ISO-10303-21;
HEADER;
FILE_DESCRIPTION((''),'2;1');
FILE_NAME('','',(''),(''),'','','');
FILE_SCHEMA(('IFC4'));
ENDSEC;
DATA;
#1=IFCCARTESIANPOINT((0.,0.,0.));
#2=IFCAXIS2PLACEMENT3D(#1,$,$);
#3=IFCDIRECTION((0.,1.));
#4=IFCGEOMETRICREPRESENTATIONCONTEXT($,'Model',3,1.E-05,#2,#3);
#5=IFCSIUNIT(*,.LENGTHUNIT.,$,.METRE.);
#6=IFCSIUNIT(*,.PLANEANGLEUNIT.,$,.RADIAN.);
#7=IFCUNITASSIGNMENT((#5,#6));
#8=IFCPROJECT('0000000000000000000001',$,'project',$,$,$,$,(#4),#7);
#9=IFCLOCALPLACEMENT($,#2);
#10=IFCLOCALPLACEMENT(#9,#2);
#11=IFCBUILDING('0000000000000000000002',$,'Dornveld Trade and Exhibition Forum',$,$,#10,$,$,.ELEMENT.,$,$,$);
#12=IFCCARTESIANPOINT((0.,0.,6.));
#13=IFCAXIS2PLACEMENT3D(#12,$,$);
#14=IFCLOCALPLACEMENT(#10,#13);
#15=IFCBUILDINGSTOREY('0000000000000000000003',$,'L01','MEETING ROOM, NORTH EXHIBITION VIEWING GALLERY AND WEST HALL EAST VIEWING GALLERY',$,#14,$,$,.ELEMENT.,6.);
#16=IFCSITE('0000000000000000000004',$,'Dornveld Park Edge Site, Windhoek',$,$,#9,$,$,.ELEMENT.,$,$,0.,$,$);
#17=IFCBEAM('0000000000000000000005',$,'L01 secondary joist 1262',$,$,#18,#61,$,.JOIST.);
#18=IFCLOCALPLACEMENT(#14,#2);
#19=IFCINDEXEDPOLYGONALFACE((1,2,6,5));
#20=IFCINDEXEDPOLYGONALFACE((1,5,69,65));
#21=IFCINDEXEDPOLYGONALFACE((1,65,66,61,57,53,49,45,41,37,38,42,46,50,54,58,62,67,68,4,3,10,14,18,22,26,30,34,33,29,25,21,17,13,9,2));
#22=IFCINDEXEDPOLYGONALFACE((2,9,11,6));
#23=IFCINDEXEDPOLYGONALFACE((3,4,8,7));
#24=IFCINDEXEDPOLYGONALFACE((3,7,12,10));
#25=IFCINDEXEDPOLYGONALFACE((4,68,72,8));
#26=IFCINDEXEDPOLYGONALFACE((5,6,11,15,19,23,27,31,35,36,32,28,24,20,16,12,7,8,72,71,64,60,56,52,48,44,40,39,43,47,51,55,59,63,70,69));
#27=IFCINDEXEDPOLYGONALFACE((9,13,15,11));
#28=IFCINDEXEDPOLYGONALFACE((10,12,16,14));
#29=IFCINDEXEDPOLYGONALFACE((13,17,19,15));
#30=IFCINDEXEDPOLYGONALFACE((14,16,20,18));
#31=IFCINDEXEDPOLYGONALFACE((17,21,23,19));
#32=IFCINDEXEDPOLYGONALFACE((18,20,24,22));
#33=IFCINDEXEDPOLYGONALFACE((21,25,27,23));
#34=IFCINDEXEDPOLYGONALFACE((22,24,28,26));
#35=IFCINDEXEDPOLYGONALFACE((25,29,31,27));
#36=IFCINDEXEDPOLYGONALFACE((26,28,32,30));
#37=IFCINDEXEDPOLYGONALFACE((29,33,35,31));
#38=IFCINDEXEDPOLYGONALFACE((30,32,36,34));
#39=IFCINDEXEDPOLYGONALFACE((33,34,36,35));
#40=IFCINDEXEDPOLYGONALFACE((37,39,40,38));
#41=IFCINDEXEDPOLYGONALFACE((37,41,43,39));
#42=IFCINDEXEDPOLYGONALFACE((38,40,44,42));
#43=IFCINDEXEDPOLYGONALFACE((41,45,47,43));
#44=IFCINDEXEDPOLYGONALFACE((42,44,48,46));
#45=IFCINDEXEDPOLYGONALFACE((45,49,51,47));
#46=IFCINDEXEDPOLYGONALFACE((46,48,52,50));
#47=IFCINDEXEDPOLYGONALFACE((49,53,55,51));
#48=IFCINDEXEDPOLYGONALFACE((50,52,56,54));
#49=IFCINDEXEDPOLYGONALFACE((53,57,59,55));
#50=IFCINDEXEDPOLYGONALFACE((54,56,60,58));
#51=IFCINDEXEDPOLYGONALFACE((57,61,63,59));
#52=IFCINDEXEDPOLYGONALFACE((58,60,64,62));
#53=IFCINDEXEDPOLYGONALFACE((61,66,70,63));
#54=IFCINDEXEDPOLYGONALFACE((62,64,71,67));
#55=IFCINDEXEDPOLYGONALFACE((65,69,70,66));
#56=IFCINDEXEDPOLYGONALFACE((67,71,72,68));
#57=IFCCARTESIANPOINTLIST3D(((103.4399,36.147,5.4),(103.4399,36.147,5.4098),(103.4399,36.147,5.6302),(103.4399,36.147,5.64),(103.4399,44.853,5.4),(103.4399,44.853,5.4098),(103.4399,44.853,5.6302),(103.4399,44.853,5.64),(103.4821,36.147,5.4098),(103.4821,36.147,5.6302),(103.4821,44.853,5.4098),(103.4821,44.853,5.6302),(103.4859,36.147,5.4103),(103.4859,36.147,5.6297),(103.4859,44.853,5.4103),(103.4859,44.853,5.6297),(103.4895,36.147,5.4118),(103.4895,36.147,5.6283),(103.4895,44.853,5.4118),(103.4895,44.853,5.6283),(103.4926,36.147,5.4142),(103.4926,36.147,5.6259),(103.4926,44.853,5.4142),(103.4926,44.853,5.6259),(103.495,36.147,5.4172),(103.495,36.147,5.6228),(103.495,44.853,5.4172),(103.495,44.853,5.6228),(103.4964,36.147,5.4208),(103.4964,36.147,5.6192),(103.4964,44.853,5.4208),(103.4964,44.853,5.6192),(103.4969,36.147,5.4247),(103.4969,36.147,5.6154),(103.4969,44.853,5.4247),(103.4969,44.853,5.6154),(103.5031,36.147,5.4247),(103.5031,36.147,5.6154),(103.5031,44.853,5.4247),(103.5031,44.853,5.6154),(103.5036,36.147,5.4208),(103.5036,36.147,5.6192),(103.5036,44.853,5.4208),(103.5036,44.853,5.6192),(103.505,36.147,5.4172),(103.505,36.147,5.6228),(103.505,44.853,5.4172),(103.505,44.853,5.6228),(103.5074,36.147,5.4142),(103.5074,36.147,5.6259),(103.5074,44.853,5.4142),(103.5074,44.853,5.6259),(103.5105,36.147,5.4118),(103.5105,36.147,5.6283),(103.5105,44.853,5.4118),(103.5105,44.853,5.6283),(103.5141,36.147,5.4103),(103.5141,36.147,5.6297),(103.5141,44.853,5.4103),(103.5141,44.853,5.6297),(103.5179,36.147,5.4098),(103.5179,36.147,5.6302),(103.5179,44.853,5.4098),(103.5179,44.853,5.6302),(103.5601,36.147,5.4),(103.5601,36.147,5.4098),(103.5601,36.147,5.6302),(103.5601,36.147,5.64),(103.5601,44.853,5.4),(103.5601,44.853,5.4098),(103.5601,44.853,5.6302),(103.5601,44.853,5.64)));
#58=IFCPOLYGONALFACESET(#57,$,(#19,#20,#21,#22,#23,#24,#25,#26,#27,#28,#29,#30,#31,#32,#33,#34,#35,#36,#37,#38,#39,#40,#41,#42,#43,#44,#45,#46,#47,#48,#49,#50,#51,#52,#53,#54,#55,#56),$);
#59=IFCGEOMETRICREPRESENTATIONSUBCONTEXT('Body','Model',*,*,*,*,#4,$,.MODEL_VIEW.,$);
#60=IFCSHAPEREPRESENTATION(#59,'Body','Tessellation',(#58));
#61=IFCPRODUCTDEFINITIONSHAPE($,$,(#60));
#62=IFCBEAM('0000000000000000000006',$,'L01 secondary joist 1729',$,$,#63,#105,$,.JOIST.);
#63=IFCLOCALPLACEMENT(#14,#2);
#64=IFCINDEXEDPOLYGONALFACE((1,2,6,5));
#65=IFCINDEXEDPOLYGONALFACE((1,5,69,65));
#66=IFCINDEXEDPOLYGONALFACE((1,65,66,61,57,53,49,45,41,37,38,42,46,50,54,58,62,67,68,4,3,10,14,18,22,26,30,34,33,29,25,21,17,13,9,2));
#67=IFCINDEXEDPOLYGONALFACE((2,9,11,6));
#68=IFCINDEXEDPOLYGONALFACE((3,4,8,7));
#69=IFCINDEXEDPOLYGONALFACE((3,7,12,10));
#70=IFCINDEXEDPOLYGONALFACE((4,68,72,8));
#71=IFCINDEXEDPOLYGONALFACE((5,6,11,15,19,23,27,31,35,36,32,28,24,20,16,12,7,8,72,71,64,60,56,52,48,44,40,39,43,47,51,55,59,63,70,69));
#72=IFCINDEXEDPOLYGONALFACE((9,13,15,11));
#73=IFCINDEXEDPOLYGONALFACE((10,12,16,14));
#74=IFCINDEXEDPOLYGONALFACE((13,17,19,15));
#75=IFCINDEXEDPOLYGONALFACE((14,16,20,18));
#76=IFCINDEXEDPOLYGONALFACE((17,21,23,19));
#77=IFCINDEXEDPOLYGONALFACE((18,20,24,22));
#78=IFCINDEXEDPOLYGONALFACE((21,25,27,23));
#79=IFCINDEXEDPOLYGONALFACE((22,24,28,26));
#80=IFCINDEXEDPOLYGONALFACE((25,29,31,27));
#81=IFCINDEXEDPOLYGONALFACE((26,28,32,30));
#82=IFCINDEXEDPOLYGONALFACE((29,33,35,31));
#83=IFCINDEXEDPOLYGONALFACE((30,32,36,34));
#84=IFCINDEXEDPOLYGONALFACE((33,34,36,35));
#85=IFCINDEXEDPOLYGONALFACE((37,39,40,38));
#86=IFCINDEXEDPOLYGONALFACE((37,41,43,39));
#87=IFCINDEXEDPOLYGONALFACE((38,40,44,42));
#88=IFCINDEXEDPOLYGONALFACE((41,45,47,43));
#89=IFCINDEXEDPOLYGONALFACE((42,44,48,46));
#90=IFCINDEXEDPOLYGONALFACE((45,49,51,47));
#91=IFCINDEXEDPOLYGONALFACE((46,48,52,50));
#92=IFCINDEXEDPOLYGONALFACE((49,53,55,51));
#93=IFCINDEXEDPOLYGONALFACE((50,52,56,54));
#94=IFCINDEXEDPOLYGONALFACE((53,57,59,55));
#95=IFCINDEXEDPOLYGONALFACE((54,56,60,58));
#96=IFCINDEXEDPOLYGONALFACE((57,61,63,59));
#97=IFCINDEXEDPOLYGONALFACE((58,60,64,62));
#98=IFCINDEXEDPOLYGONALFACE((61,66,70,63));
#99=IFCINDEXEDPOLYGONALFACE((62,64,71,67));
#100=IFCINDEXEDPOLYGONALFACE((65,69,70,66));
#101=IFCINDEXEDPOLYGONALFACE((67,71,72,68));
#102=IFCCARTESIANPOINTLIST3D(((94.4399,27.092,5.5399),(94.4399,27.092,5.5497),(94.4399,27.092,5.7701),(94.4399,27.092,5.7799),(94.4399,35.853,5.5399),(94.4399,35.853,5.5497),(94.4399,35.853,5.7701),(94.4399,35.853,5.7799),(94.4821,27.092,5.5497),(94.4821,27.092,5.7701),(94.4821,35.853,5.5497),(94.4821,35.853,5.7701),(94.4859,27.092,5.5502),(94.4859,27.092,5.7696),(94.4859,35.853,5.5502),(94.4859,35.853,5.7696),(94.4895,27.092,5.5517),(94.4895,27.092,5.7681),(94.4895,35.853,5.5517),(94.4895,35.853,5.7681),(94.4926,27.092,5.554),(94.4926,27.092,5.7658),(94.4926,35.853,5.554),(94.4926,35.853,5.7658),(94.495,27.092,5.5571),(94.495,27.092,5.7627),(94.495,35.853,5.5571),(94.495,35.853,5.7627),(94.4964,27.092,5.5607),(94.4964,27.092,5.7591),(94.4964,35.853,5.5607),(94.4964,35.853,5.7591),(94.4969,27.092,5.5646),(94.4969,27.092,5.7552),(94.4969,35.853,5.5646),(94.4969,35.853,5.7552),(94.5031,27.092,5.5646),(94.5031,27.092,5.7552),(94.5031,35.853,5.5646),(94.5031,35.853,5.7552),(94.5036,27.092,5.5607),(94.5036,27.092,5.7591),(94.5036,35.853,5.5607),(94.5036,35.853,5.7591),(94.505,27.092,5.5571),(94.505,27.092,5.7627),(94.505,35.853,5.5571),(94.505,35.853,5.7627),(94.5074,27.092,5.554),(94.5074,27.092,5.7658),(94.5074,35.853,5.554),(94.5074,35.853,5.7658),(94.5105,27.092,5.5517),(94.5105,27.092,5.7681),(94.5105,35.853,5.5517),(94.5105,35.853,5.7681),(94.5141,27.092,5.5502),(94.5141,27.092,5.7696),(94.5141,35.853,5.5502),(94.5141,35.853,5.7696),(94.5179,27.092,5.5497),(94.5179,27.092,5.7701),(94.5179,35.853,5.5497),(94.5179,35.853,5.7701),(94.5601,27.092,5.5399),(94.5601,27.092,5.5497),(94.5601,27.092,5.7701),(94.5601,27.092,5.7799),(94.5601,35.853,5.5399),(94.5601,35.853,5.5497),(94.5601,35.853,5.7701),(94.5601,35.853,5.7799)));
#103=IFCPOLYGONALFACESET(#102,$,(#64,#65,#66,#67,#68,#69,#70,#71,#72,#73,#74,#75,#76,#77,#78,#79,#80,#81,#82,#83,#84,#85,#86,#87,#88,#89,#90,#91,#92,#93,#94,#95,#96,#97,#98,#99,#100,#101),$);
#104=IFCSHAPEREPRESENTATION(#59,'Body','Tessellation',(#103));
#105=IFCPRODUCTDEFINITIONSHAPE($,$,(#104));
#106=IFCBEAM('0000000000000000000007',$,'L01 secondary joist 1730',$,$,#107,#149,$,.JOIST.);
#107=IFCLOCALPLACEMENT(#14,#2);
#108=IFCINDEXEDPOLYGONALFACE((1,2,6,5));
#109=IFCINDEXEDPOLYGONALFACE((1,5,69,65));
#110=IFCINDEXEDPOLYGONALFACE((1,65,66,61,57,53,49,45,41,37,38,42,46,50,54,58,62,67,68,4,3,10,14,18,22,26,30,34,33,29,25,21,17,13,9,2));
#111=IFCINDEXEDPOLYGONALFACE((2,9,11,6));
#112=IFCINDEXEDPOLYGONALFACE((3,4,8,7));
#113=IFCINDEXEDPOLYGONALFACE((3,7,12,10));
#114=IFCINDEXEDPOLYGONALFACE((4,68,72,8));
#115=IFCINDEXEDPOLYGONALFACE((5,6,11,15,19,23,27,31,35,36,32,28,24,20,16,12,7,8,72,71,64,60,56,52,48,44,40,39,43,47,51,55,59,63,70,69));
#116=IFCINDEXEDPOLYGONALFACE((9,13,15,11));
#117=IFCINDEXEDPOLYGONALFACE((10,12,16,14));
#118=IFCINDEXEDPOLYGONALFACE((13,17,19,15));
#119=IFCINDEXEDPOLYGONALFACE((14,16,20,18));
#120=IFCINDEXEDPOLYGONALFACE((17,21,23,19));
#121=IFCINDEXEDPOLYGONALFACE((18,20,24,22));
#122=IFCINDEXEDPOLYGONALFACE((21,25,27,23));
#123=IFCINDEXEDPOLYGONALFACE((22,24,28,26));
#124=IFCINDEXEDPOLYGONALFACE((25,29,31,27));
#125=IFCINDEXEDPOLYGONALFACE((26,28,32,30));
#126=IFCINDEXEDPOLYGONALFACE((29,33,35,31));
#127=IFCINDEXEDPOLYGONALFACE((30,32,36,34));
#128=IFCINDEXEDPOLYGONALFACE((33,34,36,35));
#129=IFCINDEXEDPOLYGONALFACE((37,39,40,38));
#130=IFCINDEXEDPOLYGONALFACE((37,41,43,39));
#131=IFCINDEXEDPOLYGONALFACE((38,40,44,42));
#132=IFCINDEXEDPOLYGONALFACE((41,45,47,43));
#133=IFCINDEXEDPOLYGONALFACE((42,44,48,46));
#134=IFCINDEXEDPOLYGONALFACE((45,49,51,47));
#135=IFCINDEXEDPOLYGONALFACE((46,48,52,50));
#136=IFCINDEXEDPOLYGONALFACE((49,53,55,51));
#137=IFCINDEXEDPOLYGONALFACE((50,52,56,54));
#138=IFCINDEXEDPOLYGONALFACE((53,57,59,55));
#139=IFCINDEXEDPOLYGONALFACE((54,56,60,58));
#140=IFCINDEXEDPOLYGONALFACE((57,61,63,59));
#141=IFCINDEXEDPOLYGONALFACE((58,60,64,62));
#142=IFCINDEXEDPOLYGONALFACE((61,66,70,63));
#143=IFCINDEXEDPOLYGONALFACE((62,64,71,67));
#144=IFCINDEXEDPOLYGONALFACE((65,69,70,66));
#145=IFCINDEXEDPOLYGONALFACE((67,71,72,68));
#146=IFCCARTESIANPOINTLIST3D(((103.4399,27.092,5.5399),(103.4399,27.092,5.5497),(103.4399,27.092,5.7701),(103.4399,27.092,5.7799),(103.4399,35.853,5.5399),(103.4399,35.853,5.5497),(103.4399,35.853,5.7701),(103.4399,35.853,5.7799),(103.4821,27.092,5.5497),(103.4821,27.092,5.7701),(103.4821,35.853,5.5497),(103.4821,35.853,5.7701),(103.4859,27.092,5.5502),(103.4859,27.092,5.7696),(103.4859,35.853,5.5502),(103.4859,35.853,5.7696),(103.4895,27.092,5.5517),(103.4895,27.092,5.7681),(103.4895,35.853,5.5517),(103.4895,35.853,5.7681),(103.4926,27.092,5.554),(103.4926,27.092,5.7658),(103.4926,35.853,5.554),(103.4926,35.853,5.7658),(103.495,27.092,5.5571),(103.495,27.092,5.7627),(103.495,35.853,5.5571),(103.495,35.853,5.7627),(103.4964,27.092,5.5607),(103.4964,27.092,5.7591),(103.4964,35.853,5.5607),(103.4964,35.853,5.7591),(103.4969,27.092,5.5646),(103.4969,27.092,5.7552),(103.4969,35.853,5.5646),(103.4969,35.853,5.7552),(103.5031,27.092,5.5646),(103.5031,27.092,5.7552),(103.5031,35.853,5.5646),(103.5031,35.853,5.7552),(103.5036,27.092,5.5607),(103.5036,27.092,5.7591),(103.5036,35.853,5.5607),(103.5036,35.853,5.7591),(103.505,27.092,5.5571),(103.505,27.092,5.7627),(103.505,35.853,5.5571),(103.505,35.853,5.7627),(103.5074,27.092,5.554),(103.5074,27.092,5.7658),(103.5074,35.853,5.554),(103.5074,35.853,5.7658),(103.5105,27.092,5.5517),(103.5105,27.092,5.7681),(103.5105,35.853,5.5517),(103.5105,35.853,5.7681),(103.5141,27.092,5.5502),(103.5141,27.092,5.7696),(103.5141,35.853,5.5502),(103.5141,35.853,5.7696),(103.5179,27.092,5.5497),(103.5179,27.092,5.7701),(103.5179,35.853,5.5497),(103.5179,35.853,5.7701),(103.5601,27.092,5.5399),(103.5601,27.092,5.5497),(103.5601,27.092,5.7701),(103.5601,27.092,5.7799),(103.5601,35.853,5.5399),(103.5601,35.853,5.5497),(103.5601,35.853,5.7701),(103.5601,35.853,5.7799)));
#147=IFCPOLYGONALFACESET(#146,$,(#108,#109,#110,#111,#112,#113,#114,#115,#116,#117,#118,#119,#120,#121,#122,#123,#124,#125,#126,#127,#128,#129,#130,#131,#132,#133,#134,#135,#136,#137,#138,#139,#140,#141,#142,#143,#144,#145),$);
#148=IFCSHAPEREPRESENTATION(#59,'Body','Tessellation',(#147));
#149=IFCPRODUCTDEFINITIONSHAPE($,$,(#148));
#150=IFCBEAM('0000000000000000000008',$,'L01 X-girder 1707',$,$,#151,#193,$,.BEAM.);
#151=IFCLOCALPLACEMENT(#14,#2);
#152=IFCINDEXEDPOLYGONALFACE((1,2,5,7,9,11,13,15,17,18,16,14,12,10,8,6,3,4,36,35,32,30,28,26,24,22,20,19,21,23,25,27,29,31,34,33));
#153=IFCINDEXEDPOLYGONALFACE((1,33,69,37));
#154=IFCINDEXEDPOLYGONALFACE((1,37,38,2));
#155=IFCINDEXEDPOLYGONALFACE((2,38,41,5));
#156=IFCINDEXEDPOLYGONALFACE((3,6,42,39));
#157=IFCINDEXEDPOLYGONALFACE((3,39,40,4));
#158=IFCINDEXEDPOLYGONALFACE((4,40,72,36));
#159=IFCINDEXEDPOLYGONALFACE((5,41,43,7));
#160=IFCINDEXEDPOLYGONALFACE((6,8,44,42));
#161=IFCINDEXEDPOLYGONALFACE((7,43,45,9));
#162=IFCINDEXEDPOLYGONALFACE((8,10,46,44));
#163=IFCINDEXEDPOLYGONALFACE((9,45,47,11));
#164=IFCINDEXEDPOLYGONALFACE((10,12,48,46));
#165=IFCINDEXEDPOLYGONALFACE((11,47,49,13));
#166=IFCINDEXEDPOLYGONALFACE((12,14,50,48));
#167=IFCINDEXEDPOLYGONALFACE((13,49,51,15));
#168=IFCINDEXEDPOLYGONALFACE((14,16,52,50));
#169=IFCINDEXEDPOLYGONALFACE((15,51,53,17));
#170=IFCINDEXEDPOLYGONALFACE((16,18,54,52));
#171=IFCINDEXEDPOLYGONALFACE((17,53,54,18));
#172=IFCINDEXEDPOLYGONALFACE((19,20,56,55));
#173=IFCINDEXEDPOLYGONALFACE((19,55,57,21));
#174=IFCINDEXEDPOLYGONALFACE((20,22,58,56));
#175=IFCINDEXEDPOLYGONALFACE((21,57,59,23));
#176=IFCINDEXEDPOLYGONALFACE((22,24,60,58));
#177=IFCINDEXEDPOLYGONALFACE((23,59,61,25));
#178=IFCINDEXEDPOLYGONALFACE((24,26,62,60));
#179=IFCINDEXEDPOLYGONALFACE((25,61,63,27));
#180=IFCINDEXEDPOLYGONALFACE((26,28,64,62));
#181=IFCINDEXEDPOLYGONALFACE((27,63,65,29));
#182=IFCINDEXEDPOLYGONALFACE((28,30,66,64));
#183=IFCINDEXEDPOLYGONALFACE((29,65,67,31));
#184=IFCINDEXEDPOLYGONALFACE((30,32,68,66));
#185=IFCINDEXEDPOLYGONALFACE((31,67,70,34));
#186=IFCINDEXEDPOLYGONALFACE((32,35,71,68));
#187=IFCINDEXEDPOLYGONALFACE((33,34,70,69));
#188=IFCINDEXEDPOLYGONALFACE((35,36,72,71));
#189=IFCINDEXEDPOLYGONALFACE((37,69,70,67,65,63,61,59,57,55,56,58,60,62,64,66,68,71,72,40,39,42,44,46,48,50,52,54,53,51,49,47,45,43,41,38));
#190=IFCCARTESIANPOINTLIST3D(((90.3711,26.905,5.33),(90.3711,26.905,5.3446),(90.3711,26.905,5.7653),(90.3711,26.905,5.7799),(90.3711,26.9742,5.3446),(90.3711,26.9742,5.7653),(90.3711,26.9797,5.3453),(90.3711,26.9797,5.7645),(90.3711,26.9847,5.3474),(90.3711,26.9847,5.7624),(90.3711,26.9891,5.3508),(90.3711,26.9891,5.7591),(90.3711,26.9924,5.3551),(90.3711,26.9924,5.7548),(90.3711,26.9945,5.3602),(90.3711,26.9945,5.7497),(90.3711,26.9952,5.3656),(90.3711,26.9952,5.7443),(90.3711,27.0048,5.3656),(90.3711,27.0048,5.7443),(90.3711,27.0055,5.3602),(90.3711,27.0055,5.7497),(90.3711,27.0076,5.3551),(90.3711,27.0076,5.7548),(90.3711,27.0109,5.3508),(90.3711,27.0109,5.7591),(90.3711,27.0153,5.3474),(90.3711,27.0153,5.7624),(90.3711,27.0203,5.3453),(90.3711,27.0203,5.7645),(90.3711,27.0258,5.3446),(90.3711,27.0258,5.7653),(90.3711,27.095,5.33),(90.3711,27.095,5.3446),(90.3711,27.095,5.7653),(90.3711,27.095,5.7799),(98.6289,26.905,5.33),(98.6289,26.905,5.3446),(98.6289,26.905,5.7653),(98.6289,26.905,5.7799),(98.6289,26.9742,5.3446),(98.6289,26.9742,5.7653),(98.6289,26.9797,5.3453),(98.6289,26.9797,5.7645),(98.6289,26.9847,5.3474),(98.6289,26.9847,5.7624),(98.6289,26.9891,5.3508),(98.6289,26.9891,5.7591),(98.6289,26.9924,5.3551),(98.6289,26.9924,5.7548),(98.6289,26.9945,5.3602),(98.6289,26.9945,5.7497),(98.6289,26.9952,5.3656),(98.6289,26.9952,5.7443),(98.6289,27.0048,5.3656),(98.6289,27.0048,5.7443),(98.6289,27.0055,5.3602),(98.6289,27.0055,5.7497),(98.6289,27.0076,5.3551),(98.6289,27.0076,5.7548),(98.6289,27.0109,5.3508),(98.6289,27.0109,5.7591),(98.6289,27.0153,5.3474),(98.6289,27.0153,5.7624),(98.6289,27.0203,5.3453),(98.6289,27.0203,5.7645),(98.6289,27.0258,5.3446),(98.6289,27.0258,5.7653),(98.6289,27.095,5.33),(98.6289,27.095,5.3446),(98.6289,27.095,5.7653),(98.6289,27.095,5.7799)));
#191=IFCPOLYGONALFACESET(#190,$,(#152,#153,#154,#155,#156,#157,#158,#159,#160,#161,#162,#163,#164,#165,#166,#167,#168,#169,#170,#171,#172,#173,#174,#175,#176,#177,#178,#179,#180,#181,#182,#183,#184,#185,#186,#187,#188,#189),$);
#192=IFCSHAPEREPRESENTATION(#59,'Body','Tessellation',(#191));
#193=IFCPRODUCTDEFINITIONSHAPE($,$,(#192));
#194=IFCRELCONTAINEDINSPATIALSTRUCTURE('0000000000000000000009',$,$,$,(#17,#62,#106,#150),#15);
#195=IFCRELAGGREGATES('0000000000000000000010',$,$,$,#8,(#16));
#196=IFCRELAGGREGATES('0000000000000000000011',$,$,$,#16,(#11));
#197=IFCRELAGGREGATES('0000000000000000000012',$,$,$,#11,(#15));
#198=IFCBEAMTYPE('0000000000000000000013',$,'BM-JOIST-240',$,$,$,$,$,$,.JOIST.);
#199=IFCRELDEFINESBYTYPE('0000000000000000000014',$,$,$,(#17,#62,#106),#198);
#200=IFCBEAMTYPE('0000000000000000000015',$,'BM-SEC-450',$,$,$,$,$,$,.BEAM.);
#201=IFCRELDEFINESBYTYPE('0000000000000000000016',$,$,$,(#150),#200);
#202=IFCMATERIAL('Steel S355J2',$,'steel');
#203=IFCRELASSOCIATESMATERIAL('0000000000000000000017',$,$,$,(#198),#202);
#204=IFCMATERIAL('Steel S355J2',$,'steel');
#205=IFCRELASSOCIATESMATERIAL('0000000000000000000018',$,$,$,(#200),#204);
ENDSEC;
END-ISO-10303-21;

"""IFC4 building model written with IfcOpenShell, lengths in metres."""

from ifc_helpers import new_model, si_unit, direction, frame, origin, origin_2d, place, context, subcontext, project, spatial, i_section, extrude, material, material_profile, profile_set, type_object, element, save


model = new_model("IFC4")

# Units and contexts
model_context = context("Model", 3, precision=1e-05, world=origin(), true_north=direction((0.0, 1.0)))
body_context = subcontext(model_context, "Body", "Model", "MODEL_VIEW")
ifc_project = project(units=[si_unit("LENGTHUNIT", "METRE"), si_unit("PLANEANGLEUNIT", "RADIAN")], contexts=[model_context])

# Site, building, storey
site_placement = place(None, origin())
site = spatial("IfcSite", under=ifc_project, at=site_placement, Name="Dornveld Park Edge Site, Windhoek", CompositionType="ELEMENT", RefElevation=0.0)
building_placement = place(site_placement, origin())
building = spatial("IfcBuilding", under=site, at=building_placement, Name="Dornveld Trade and Exhibition Forum", CompositionType="ELEMENT")
storey_placement = place(building_placement, frame((0.0, 0.0, 6.0)))
storey = spatial("IfcBuildingStorey", under=building, at=storey_placement, Name="L01", Description="MEETING ROOM, NORTH EXHIBITION VIEWING GALLERY AND WEST HALL EAST VIEWING GALLERY", CompositionType="ELEMENT", Elevation=6.0)

# Beams
ifc_material_1 = material(Name="Steel S355J2", Category="steel")
ifc_material_profile_1 = material_profile(ifc_material_1, i_section(OverallWidth=0.1201, OverallDepth=0.24, WebThickness=0.0061, FlangeThickness=0.0098, FilletRadius=0.0149, at=origin_2d()), Name="IPE 240")
ifc_profile_set_1 = profile_set([ifc_material_profile_1], Name="Steel S355J2")
beam_type_1 = type_object("IfcBeamType", Name="BM-JOIST-240", PredefinedType="JOIST", material=ifc_profile_set_1)
for number, where, z_axis, x_axis, name in (
    (1, (103.5, 36.147, 5.52), (0.0, 1.0, 0.0), (-1.0, 0.0, 0.0), "L01 secondary joist 1262"),
):
    element("IfcBeam", number, at=place(storey_placement, frame(where, z_axis=z_axis, x_axis=x_axis)), inside=storey, type_object=beam_type_1, Name=name, PredefinedType="JOIST", context=body_context, shape_type="SweptSolid", body=[
        extrude(i_section(OverallWidth=0.1201, OverallDepth=0.24, WebThickness=0.0061, FlangeThickness=0.0098, FilletRadius=0.0149, at=origin_2d()), origin(), (0.0, 0.0, 1.0), 8.7061),
    ])
for number, where, z_axis, x_axis, name in (
    (2, (94.5, 27.092, 5.6599), (0.0, 1.0, 0.0), (-1.0, 0.0, 0.0), "L01 secondary joist 1729"),
    (3, (103.5, 27.092, 5.6599), (0.0, 1.0, 0.0), (-1.0, 0.0, 0.0), "L01 secondary joist 1730"),
):
    element("IfcBeam", number, at=place(storey_placement, frame(where, z_axis=z_axis, x_axis=x_axis)), inside=storey, type_object=beam_type_1, Name=name, PredefinedType="JOIST", context=body_context, shape_type="SweptSolid", body=[
        extrude(i_section(OverallWidth=0.1201, OverallDepth=0.24, WebThickness=0.0061, FlangeThickness=0.0098, FilletRadius=0.0149, at=origin_2d()), origin(), (0.0, 0.0, 1.0), 8.761),
    ])
ifc_material_2 = material(Name="Steel S355J2", Category="steel")
ifc_material_profile_2 = material_profile(ifc_material_2, i_section(OverallWidth=0.1899, OverallDepth=0.45, WebThickness=0.0095, FlangeThickness=0.0146, FilletRadius=0.021, at=origin_2d()), Name="IPE 450")
ifc_profile_set_2 = profile_set([ifc_material_profile_2], Name="Steel S355J2")
beam_type_2 = type_object("IfcBeamType", Name="BM-SEC-450", PredefinedType="BEAM", material=ifc_profile_set_2)
for number, where, z_axis, x_axis, name in (
    (4, (90.3711, 27.0, 5.5549), (1.0, 0.0, 0.0), (0.0, 1.0, 0.0), "L01 X-girder 1707"),
):
    element("IfcBeam", number, at=place(storey_placement, frame(where, z_axis=z_axis, x_axis=x_axis)), inside=storey, type_object=beam_type_2, Name=name, PredefinedType="BEAM", context=body_context, shape_type="SweptSolid", body=[
        extrude(i_section(OverallWidth=0.1899, OverallDepth=0.45, WebThickness=0.0095, FlangeThickness=0.0146, FilletRadius=0.021, at=origin_2d()), origin(), (0.0, 0.0, 1.0), 8.2578),
    ])

save(model, "model.ifc")
